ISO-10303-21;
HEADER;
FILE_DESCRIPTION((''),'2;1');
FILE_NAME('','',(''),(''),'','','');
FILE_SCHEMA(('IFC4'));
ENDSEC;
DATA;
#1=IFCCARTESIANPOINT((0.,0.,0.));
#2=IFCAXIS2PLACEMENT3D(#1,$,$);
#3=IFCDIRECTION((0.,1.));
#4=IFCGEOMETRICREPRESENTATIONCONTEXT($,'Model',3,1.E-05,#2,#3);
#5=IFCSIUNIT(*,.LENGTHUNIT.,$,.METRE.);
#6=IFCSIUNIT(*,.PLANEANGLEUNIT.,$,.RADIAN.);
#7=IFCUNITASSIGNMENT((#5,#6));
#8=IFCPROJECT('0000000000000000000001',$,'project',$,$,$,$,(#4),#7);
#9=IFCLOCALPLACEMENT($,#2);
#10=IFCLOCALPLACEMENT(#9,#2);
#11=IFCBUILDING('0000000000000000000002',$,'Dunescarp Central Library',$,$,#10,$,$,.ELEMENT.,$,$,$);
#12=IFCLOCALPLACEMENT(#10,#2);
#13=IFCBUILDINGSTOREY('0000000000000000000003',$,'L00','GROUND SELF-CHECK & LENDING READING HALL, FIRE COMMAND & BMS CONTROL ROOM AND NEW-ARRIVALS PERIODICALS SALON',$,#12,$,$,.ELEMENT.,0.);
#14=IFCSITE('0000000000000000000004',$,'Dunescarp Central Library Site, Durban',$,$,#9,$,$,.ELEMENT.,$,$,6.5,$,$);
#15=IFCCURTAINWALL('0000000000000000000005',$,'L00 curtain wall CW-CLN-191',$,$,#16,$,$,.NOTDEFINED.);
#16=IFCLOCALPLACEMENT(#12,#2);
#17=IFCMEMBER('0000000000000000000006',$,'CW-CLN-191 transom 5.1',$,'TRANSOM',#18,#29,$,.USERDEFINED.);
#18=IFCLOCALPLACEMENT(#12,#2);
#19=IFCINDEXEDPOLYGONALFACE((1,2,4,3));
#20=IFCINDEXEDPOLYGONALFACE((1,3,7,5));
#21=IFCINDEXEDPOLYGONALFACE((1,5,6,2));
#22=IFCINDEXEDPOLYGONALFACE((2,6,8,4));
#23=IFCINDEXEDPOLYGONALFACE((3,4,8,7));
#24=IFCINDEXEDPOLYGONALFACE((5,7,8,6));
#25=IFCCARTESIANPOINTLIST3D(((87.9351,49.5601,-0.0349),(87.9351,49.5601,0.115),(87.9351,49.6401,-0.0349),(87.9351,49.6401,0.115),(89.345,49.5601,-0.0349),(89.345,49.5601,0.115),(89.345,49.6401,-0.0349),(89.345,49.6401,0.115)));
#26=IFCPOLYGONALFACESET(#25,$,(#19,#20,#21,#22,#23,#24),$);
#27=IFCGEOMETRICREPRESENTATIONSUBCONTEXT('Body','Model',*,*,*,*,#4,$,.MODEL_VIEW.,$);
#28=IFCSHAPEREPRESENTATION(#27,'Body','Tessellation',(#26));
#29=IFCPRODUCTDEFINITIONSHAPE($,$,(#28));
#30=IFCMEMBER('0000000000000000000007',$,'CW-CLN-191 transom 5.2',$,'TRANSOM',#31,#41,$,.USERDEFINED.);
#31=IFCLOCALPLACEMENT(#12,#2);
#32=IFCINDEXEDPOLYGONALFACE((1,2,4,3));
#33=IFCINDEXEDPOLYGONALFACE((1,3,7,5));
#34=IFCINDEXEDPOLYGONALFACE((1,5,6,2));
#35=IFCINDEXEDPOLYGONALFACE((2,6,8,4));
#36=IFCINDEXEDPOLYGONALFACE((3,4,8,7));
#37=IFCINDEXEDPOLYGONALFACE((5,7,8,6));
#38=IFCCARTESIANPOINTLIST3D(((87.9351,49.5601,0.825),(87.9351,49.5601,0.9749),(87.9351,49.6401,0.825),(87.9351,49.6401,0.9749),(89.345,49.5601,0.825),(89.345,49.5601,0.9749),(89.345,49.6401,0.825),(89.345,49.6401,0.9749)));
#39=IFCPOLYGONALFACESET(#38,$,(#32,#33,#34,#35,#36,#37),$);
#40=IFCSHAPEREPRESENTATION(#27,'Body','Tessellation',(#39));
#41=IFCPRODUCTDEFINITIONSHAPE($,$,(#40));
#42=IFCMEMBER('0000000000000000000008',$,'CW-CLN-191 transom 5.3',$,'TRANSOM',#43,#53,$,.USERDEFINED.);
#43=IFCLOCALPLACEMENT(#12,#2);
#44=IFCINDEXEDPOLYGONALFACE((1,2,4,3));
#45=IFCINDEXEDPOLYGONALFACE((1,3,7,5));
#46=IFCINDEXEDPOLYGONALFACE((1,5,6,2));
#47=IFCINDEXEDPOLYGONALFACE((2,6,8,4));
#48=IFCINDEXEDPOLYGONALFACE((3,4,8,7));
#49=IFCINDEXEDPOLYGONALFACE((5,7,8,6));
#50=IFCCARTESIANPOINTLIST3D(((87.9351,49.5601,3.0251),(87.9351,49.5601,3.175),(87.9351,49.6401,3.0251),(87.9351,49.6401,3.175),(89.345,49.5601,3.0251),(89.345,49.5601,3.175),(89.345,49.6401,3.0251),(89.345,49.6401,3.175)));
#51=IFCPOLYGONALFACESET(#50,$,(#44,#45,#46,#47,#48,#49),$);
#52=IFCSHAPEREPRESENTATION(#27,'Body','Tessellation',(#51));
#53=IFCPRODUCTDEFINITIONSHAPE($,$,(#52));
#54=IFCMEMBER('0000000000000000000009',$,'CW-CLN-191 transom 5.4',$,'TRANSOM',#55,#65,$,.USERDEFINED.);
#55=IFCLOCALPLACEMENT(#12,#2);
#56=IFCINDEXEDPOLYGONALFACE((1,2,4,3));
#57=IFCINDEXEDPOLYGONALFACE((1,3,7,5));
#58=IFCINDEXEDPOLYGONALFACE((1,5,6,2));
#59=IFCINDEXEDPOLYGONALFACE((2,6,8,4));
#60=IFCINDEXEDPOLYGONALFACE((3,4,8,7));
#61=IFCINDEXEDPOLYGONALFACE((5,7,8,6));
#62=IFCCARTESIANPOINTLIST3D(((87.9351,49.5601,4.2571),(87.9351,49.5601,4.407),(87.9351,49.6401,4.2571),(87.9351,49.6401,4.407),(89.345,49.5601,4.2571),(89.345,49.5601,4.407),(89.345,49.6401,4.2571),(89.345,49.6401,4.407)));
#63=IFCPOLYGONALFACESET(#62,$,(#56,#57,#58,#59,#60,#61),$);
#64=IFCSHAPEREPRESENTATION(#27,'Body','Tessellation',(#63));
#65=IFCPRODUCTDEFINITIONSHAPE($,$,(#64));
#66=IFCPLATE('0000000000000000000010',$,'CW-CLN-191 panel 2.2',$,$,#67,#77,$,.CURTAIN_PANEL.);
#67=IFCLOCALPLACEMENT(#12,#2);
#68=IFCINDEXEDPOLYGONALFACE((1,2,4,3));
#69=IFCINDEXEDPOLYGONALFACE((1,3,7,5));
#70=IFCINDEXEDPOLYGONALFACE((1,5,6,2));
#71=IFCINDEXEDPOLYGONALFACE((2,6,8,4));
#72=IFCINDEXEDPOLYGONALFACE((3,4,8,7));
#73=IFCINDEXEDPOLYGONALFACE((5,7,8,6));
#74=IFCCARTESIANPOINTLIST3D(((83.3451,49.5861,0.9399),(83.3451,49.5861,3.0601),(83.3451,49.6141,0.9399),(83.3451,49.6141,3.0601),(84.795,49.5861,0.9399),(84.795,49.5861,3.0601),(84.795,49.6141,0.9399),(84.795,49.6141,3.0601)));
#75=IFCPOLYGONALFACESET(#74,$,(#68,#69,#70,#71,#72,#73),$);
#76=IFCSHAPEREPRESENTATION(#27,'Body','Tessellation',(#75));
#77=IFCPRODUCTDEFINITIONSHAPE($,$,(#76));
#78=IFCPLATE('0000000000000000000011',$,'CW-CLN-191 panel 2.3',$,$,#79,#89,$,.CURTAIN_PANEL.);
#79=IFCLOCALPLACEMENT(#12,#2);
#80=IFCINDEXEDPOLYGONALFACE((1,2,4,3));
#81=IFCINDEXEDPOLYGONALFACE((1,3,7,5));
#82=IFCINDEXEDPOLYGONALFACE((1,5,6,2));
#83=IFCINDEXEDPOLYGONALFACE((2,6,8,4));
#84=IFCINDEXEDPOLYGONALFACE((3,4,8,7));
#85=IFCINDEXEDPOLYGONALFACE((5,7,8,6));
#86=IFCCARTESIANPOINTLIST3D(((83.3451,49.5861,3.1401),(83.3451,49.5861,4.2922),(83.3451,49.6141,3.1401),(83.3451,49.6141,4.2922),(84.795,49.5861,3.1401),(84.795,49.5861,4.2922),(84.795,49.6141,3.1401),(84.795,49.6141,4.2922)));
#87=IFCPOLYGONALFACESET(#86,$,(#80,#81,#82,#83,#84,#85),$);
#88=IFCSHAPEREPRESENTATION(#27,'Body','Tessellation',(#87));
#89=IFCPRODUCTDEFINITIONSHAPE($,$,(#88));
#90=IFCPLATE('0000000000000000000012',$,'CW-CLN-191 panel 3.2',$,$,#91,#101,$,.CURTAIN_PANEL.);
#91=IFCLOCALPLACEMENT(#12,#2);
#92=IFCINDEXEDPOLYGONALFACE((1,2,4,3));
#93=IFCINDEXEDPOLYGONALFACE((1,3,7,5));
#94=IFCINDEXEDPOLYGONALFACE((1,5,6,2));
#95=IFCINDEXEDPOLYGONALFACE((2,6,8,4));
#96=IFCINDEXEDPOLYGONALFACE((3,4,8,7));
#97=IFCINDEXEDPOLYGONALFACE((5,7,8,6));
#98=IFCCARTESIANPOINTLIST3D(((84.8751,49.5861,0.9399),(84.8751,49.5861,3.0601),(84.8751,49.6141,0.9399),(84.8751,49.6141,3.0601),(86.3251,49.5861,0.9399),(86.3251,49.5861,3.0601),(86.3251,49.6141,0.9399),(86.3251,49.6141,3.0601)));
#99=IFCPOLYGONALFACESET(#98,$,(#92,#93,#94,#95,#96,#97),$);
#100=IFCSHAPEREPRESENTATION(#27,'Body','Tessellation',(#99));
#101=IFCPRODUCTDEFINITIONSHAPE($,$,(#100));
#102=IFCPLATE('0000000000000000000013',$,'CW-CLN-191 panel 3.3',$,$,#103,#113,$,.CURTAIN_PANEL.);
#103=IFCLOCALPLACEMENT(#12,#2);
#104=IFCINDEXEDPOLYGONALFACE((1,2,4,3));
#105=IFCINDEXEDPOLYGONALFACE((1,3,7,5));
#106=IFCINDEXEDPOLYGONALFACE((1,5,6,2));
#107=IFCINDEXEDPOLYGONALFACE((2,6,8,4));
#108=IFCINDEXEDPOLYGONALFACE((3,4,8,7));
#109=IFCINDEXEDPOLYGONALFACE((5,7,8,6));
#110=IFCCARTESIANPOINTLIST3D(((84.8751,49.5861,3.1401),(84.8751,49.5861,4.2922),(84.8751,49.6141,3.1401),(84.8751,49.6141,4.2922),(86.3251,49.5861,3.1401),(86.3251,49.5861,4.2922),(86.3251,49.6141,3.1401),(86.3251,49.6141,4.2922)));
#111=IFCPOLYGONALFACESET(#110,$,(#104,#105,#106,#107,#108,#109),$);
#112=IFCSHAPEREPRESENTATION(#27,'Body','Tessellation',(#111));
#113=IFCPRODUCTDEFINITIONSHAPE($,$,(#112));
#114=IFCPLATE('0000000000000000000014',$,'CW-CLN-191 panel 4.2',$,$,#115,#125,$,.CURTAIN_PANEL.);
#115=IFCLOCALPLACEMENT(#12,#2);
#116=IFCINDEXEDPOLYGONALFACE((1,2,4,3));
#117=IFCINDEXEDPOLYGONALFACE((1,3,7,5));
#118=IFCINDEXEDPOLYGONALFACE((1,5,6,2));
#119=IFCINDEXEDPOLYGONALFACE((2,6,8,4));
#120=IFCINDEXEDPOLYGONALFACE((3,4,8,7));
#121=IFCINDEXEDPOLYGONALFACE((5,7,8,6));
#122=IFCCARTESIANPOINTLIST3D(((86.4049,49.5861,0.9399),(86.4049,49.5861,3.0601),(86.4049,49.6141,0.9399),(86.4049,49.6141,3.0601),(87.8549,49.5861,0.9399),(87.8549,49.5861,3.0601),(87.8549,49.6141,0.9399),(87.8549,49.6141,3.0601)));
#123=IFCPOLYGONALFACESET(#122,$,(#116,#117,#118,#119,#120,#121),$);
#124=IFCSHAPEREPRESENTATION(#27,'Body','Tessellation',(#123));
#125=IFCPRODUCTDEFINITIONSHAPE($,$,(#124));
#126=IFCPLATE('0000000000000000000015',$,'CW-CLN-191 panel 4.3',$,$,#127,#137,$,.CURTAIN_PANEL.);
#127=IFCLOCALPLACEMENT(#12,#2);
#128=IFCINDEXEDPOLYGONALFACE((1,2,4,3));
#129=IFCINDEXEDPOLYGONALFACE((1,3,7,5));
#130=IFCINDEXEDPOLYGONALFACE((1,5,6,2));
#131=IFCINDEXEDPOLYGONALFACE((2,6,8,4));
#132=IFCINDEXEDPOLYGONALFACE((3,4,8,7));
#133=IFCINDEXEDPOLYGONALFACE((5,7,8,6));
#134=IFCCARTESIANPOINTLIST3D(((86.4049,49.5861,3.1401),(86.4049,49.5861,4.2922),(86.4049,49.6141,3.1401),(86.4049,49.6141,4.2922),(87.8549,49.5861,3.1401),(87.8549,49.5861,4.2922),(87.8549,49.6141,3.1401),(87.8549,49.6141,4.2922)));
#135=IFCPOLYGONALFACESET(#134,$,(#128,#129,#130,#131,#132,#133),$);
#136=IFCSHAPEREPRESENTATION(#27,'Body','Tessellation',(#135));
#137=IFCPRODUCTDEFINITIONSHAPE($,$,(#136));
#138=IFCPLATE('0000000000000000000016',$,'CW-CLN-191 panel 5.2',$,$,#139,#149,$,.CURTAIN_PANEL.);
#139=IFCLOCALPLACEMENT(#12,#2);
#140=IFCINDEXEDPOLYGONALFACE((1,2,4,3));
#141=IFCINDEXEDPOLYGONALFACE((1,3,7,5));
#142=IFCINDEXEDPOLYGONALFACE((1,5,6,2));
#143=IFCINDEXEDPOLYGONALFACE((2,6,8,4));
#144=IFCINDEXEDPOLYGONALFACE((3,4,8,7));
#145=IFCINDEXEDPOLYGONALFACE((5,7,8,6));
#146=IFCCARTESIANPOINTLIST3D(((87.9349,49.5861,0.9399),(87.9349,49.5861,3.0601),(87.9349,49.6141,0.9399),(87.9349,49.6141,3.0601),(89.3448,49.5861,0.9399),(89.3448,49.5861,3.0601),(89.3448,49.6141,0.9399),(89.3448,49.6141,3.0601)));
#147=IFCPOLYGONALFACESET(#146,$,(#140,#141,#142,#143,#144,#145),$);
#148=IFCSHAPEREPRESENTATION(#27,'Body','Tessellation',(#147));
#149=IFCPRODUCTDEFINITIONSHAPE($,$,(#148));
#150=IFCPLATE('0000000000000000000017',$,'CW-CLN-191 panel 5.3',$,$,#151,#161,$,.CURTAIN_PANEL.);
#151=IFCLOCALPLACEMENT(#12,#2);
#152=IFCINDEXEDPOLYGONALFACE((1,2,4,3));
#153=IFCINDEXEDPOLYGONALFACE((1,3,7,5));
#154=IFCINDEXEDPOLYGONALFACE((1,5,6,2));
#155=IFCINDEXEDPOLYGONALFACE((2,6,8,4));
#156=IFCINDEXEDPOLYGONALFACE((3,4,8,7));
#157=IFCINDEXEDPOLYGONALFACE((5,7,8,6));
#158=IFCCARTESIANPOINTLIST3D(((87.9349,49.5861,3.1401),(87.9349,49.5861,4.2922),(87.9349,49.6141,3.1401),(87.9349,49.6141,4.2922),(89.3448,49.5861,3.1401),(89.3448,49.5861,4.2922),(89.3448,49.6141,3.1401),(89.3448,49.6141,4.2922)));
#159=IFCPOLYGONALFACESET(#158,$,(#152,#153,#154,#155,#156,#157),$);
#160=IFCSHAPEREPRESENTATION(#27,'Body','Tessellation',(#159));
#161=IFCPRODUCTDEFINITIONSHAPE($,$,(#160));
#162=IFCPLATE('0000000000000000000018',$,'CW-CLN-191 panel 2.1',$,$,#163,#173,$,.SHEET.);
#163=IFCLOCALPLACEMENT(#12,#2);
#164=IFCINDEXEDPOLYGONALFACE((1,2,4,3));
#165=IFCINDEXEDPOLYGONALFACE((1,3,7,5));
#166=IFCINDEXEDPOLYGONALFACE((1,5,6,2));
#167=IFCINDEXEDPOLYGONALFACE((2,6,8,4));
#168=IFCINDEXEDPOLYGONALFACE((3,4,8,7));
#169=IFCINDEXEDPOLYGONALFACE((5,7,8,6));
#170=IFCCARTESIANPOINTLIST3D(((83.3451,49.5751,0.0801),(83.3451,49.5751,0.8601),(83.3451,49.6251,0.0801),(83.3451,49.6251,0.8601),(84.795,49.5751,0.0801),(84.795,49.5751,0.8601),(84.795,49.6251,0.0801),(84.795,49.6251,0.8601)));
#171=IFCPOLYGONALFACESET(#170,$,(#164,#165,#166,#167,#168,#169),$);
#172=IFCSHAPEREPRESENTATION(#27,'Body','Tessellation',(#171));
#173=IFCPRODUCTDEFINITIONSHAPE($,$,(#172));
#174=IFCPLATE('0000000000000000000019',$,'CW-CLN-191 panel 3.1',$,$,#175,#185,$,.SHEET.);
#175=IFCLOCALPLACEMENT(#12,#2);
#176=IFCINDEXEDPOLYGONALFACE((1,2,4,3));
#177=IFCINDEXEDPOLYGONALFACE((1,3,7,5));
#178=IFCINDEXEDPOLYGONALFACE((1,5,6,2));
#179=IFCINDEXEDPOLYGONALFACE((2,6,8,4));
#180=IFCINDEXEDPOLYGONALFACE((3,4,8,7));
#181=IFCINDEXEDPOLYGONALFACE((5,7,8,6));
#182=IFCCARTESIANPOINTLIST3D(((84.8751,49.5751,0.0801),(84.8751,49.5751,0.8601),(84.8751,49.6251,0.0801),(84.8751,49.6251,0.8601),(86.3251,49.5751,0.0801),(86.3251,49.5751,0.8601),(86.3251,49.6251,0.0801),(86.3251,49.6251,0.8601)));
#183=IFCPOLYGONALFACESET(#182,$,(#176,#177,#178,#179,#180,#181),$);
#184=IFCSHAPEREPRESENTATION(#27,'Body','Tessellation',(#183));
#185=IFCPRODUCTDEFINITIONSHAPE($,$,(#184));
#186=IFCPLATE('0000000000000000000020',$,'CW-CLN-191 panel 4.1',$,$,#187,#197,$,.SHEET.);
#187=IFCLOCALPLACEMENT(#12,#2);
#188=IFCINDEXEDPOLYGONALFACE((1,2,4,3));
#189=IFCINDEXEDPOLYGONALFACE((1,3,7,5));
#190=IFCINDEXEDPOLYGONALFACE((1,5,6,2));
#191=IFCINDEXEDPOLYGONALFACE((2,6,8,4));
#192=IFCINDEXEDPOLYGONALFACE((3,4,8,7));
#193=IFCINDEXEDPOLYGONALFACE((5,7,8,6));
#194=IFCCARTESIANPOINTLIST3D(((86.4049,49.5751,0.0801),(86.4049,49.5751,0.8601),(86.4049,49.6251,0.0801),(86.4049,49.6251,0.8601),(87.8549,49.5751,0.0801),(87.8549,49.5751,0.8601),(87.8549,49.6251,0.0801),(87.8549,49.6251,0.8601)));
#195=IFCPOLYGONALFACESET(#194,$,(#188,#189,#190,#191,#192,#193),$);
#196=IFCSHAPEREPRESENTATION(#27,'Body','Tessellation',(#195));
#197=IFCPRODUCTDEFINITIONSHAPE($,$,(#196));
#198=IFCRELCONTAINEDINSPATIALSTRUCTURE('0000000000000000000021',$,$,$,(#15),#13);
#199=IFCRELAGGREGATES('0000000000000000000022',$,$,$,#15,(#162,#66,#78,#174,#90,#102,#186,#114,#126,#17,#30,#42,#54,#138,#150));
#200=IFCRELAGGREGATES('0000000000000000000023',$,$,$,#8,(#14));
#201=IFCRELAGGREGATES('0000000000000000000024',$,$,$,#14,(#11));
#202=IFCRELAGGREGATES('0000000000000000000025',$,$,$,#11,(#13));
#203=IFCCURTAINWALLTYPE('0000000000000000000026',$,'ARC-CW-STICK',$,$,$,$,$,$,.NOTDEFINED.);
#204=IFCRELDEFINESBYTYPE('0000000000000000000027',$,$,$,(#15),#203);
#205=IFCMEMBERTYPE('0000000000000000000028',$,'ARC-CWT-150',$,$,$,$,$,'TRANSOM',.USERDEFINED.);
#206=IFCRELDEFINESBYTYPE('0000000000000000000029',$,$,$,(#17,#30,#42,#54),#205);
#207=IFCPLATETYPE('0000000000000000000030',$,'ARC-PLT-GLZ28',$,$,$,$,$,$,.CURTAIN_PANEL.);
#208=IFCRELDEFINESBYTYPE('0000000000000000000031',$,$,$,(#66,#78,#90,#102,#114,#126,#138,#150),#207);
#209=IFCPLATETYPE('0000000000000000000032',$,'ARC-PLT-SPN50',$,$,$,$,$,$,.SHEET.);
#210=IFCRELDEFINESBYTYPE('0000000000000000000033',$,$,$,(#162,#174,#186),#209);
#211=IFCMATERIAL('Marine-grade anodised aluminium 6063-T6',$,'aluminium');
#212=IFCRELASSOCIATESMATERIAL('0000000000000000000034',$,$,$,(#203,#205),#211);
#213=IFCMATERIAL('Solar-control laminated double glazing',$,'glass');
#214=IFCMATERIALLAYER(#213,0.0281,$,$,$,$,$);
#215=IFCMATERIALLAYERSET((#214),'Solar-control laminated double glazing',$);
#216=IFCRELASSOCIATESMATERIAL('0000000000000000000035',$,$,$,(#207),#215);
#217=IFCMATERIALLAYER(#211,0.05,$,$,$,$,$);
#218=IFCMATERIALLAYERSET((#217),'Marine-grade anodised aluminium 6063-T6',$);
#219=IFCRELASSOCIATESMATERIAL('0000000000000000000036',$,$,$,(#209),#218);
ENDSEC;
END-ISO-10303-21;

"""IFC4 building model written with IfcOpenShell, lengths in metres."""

from ifc_helpers import new_model, si_unit, direction, frame, origin, origin_2d, place, context, subcontext, project, spatial, rectangle, extrude, material, layer, layer_set, material_profile, profile_set, type_object, element, aggregate, save


model = new_model("IFC4")

# Units and contexts
model_context = context("Model", 3, precision=1e-05, world=origin(), true_north=direction((0.0, 1.0)))
body_context = subcontext(model_context, "Body", "Model", "MODEL_VIEW")
ifc_project = project(units=[si_unit("LENGTHUNIT", "METRE"), si_unit("PLANEANGLEUNIT", "RADIAN")], contexts=[model_context])

# Site, building, storey
site_placement = place(None, origin())
site = spatial("IfcSite", under=ifc_project, at=site_placement, Name="Dunescarp Central Library Site, Durban", CompositionType="ELEMENT", RefElevation=6.5)
building_placement = place(site_placement, origin())
building = spatial("IfcBuilding", under=site, at=building_placement, Name="Dunescarp Central Library", CompositionType="ELEMENT")
storey_placement = place(building_placement, origin())
storey = spatial("IfcBuildingStorey", under=building, at=storey_placement, Name="L00", Description="GROUND SELF-CHECK & LENDING READING HALL, FIRE COMMAND & BMS CONTROL ROOM AND NEW-ARRIVALS PERIODICALS SALON", CompositionType="ELEMENT", Elevation=0.0)

# Curtain wall, members, plates
ifc_material_1 = material(Name="Marine-grade anodised aluminium 6063-T6", Category="aluminium")
curtain_wall_type = type_object("IfcCurtainWallType", Name="ARC-CW-STICK", PredefinedType="NOTDEFINED", material=ifc_material_1)
curtain_wall_placement = place(storey_placement, origin())
curtain_wall = element("IfcCurtainWall", 1, at=curtain_wall_placement, inside=storey, type_object=curtain_wall_type, Name="L00 curtain wall CW-CLN-191", PredefinedType="NOTDEFINED")
ifc_material_profile_1 = material_profile(ifc_material_1, rectangle(XDim=0.0801, YDim=0.1499, at=origin_2d()), Name="AL 80x150")
ifc_profile_set_1 = profile_set([ifc_material_profile_1], Name="Marine-grade anodised aluminium 6063-T6")
member_type_1 = type_object("IfcMemberType", Name="ARC-CWT-150", ElementType="TRANSOM", PredefinedType="USERDEFINED", material=ifc_profile_set_1)
member_1_placement = place(storey_placement, frame((87.9351, 49.6001, 0.04), z_axis=(1.0, 0.0, 0.0), x_axis=(0.0, 1.0, 0.0)))
member_1 = element("IfcMember", 2, at=member_1_placement, type_object=member_type_1, Name="CW-CLN-191 transom 5.1", ObjectType="TRANSOM", PredefinedType="USERDEFINED", context=body_context, shape_type="SweptSolid", body=[
    extrude(rectangle(XDim=0.0801, YDim=0.1499, at=origin_2d()), origin(), (0.0, 0.0, 1.0), 1.4099),
])
member_2_placement = place(storey_placement, frame((87.9351, 49.6001, 0.8999), z_axis=(1.0, 0.0, 0.0), x_axis=(0.0, 1.0, 0.0)))
member_2 = element("IfcMember", 3, at=member_2_placement, type_object=member_type_1, Name="CW-CLN-191 transom 5.2", ObjectType="TRANSOM", PredefinedType="USERDEFINED", context=body_context, shape_type="SweptSolid", body=[
    extrude(rectangle(XDim=0.0801, YDim=0.1499, at=origin_2d()), origin(), (0.0, 0.0, 1.0), 1.4099),
])
member_3_placement = place(storey_placement, frame((87.9351, 49.6001, 3.1001), z_axis=(1.0, 0.0, 0.0), x_axis=(0.0, 1.0, 0.0)))
member_3 = element("IfcMember", 4, at=member_3_placement, type_object=member_type_1, Name="CW-CLN-191 transom 5.3", ObjectType="TRANSOM", PredefinedType="USERDEFINED", context=body_context, shape_type="SweptSolid", body=[
    extrude(rectangle(XDim=0.0801, YDim=0.1499, at=origin_2d()), origin(), (0.0, 0.0, 1.0), 1.4099),
])
member_4_placement = place(storey_placement, frame((87.9351, 49.6001, 4.332), z_axis=(1.0, 0.0, 0.0), x_axis=(0.0, 1.0, 0.0)))
member_4 = element("IfcMember", 5, at=member_4_placement, type_object=member_type_1, Name="CW-CLN-191 transom 5.4", ObjectType="TRANSOM", PredefinedType="USERDEFINED", context=body_context, shape_type="SweptSolid", body=[
    extrude(rectangle(XDim=0.0801, YDim=0.1499, at=origin_2d()), origin(), (0.0, 0.0, 1.0), 1.4099),
])
ifc_material_2 = material(Name="Solar-control laminated double glazing", Category="glass")
ifc_layer_1 = layer(ifc_material_2, 0.0281)
ifc_layer_set_1 = layer_set([ifc_layer_1], Name="Solar-control laminated double glazing")
plate_type_1 = type_object("IfcPlateType", Name="ARC-PLT-GLZ28", PredefinedType="CURTAIN_PANEL", material=ifc_layer_set_1)
plate_1_placement = place(storey_placement, frame((84.0701, 49.6001, 0.9399), z_axis=(0.0, 0.0, 1.0), x_axis=(1.0, 0.0, 0.0)))
plate_1 = element("IfcPlate", 6, at=plate_1_placement, type_object=plate_type_1, Name="CW-CLN-191 panel 2.2", PredefinedType="CURTAIN_PANEL", context=body_context, shape_type="SweptSolid", body=[
    extrude(rectangle(XDim=1.45, YDim=0.0281, at=origin_2d()), origin(), (0.0, 0.0, 1.0), 2.1201),
])
plate_2_placement = place(storey_placement, frame((84.0701, 49.6001, 3.1401), z_axis=(0.0, 0.0, 1.0), x_axis=(1.0, 0.0, 0.0)))
plate_2 = element("IfcPlate", 7, at=plate_2_placement, type_object=plate_type_1, Name="CW-CLN-191 panel 2.3", PredefinedType="CURTAIN_PANEL", context=body_context, shape_type="SweptSolid", body=[
    extrude(rectangle(XDim=1.45, YDim=0.0281, at=origin_2d()), origin(), (0.0, 0.0, 1.0), 1.1521),
])
plate_3_placement = place(storey_placement, frame((85.6001, 49.6001, 0.9399), z_axis=(0.0, 0.0, 1.0), x_axis=(1.0, 0.0, 0.0)))
plate_3 = element("IfcPlate", 8, at=plate_3_placement, type_object=plate_type_1, Name="CW-CLN-191 panel 3.2", PredefinedType="CURTAIN_PANEL", context=body_context, shape_type="SweptSolid", body=[
    extrude(rectangle(XDim=1.45, YDim=0.0281, at=origin_2d()), origin(), (0.0, 0.0, 1.0), 2.1201),
])
plate_4_placement = place(storey_placement, frame((85.6001, 49.6001, 3.1401), z_axis=(0.0, 0.0, 1.0), x_axis=(1.0, 0.0, 0.0)))
plate_4 = element("IfcPlate", 9, at=plate_4_placement, type_object=plate_type_1, Name="CW-CLN-191 panel 3.3", PredefinedType="CURTAIN_PANEL", context=body_context, shape_type="SweptSolid", body=[
    extrude(rectangle(XDim=1.45, YDim=0.0281, at=origin_2d()), origin(), (0.0, 0.0, 1.0), 1.1521),
])
plate_5_placement = place(storey_placement, frame((87.1299, 49.6001, 0.9399), z_axis=(0.0, 0.0, 1.0), x_axis=(1.0, 0.0, 0.0)))
plate_5 = element("IfcPlate", 10, at=plate_5_placement, type_object=plate_type_1, Name="CW-CLN-191 panel 4.2", PredefinedType="CURTAIN_PANEL", context=body_context, shape_type="SweptSolid", body=[
    extrude(rectangle(XDim=1.45, YDim=0.0281, at=origin_2d()), origin(), (0.0, 0.0, 1.0), 2.1201),
])
plate_6_placement = place(storey_placement, frame((87.1299, 49.6001, 3.1401), z_axis=(0.0, 0.0, 1.0), x_axis=(1.0, 0.0, 0.0)))
plate_6 = element("IfcPlate", 11, at=plate_6_placement, type_object=plate_type_1, Name="CW-CLN-191 panel 4.3", PredefinedType="CURTAIN_PANEL", context=body_context, shape_type="SweptSolid", body=[
    extrude(rectangle(XDim=1.45, YDim=0.0281, at=origin_2d()), origin(), (0.0, 0.0, 1.0), 1.1521),
])
plate_7_placement = place(storey_placement, frame((88.6399, 49.6001, 0.9399), z_axis=(0.0, 0.0, 1.0), x_axis=(1.0, 0.0, 0.0)))
plate_7 = element("IfcPlate", 12, at=plate_7_placement, type_object=plate_type_1, Name="CW-CLN-191 panel 5.2", PredefinedType="CURTAIN_PANEL", context=body_context, shape_type="SweptSolid", body=[
    extrude(rectangle(XDim=1.4099, YDim=0.0281, at=origin_2d()), origin(), (0.0, 0.0, 1.0), 2.1201),
])
plate_8_placement = place(storey_placement, frame((88.6399, 49.6001, 3.1401), z_axis=(0.0, 0.0, 1.0), x_axis=(1.0, 0.0, 0.0)))
plate_8 = element("IfcPlate", 13, at=plate_8_placement, type_object=plate_type_1, Name="CW-CLN-191 panel 5.3", PredefinedType="CURTAIN_PANEL", context=body_context, shape_type="SweptSolid", body=[
    extrude(rectangle(XDim=1.4099, YDim=0.0281, at=origin_2d()), origin(), (0.0, 0.0, 1.0), 1.1521),
])
ifc_layer_2 = layer(ifc_material_1, 0.05)
ifc_layer_set_2 = layer_set([ifc_layer_2], Name="Marine-grade anodised aluminium 6063-T6")
plate_type_2 = type_object("IfcPlateType", Name="ARC-PLT-SPN50", PredefinedType="SHEET", material=ifc_layer_set_2)
plate_9_placement = place(storey_placement, frame((84.0701, 49.6001, 0.0801), z_axis=(0.0, 0.0, 1.0), x_axis=(1.0, 0.0, 0.0)))
plate_9 = element("IfcPlate", 14, at=plate_9_placement, type_object=plate_type_2, Name="CW-CLN-191 panel 2.1", PredefinedType="SHEET", context=body_context, shape_type="SweptSolid", body=[
    extrude(rectangle(XDim=1.45, YDim=0.05, at=origin_2d()), origin(), (0.0, 0.0, 1.0), 0.78),
])
plate_10_placement = place(storey_placement, frame((85.6001, 49.6001, 0.0801), z_axis=(0.0, 0.0, 1.0), x_axis=(1.0, 0.0, 0.0)))
plate_10 = element("IfcPlate", 15, at=plate_10_placement, type_object=plate_type_2, Name="CW-CLN-191 panel 3.1", PredefinedType="SHEET", context=body_context, shape_type="SweptSolid", body=[
    extrude(rectangle(XDim=1.45, YDim=0.05, at=origin_2d()), origin(), (0.0, 0.0, 1.0), 0.78),
])
plate_11_placement = place(storey_placement, frame((87.1299, 49.6001, 0.0801), z_axis=(0.0, 0.0, 1.0), x_axis=(1.0, 0.0, 0.0)))
plate_11 = element("IfcPlate", 16, at=plate_11_placement, type_object=plate_type_2, Name="CW-CLN-191 panel 4.1", PredefinedType="SHEET", context=body_context, shape_type="SweptSolid", body=[
    extrude(rectangle(XDim=1.45, YDim=0.05, at=origin_2d()), origin(), (0.0, 0.0, 1.0), 0.78),
])
aggregate(curtain_wall, [plate_9, plate_1, plate_2, plate_10, plate_3, plate_4, plate_11, plate_5, plate_6, member_1, member_2, member_3, member_4, plate_7, plate_8])

save(model, "model.ifc")
